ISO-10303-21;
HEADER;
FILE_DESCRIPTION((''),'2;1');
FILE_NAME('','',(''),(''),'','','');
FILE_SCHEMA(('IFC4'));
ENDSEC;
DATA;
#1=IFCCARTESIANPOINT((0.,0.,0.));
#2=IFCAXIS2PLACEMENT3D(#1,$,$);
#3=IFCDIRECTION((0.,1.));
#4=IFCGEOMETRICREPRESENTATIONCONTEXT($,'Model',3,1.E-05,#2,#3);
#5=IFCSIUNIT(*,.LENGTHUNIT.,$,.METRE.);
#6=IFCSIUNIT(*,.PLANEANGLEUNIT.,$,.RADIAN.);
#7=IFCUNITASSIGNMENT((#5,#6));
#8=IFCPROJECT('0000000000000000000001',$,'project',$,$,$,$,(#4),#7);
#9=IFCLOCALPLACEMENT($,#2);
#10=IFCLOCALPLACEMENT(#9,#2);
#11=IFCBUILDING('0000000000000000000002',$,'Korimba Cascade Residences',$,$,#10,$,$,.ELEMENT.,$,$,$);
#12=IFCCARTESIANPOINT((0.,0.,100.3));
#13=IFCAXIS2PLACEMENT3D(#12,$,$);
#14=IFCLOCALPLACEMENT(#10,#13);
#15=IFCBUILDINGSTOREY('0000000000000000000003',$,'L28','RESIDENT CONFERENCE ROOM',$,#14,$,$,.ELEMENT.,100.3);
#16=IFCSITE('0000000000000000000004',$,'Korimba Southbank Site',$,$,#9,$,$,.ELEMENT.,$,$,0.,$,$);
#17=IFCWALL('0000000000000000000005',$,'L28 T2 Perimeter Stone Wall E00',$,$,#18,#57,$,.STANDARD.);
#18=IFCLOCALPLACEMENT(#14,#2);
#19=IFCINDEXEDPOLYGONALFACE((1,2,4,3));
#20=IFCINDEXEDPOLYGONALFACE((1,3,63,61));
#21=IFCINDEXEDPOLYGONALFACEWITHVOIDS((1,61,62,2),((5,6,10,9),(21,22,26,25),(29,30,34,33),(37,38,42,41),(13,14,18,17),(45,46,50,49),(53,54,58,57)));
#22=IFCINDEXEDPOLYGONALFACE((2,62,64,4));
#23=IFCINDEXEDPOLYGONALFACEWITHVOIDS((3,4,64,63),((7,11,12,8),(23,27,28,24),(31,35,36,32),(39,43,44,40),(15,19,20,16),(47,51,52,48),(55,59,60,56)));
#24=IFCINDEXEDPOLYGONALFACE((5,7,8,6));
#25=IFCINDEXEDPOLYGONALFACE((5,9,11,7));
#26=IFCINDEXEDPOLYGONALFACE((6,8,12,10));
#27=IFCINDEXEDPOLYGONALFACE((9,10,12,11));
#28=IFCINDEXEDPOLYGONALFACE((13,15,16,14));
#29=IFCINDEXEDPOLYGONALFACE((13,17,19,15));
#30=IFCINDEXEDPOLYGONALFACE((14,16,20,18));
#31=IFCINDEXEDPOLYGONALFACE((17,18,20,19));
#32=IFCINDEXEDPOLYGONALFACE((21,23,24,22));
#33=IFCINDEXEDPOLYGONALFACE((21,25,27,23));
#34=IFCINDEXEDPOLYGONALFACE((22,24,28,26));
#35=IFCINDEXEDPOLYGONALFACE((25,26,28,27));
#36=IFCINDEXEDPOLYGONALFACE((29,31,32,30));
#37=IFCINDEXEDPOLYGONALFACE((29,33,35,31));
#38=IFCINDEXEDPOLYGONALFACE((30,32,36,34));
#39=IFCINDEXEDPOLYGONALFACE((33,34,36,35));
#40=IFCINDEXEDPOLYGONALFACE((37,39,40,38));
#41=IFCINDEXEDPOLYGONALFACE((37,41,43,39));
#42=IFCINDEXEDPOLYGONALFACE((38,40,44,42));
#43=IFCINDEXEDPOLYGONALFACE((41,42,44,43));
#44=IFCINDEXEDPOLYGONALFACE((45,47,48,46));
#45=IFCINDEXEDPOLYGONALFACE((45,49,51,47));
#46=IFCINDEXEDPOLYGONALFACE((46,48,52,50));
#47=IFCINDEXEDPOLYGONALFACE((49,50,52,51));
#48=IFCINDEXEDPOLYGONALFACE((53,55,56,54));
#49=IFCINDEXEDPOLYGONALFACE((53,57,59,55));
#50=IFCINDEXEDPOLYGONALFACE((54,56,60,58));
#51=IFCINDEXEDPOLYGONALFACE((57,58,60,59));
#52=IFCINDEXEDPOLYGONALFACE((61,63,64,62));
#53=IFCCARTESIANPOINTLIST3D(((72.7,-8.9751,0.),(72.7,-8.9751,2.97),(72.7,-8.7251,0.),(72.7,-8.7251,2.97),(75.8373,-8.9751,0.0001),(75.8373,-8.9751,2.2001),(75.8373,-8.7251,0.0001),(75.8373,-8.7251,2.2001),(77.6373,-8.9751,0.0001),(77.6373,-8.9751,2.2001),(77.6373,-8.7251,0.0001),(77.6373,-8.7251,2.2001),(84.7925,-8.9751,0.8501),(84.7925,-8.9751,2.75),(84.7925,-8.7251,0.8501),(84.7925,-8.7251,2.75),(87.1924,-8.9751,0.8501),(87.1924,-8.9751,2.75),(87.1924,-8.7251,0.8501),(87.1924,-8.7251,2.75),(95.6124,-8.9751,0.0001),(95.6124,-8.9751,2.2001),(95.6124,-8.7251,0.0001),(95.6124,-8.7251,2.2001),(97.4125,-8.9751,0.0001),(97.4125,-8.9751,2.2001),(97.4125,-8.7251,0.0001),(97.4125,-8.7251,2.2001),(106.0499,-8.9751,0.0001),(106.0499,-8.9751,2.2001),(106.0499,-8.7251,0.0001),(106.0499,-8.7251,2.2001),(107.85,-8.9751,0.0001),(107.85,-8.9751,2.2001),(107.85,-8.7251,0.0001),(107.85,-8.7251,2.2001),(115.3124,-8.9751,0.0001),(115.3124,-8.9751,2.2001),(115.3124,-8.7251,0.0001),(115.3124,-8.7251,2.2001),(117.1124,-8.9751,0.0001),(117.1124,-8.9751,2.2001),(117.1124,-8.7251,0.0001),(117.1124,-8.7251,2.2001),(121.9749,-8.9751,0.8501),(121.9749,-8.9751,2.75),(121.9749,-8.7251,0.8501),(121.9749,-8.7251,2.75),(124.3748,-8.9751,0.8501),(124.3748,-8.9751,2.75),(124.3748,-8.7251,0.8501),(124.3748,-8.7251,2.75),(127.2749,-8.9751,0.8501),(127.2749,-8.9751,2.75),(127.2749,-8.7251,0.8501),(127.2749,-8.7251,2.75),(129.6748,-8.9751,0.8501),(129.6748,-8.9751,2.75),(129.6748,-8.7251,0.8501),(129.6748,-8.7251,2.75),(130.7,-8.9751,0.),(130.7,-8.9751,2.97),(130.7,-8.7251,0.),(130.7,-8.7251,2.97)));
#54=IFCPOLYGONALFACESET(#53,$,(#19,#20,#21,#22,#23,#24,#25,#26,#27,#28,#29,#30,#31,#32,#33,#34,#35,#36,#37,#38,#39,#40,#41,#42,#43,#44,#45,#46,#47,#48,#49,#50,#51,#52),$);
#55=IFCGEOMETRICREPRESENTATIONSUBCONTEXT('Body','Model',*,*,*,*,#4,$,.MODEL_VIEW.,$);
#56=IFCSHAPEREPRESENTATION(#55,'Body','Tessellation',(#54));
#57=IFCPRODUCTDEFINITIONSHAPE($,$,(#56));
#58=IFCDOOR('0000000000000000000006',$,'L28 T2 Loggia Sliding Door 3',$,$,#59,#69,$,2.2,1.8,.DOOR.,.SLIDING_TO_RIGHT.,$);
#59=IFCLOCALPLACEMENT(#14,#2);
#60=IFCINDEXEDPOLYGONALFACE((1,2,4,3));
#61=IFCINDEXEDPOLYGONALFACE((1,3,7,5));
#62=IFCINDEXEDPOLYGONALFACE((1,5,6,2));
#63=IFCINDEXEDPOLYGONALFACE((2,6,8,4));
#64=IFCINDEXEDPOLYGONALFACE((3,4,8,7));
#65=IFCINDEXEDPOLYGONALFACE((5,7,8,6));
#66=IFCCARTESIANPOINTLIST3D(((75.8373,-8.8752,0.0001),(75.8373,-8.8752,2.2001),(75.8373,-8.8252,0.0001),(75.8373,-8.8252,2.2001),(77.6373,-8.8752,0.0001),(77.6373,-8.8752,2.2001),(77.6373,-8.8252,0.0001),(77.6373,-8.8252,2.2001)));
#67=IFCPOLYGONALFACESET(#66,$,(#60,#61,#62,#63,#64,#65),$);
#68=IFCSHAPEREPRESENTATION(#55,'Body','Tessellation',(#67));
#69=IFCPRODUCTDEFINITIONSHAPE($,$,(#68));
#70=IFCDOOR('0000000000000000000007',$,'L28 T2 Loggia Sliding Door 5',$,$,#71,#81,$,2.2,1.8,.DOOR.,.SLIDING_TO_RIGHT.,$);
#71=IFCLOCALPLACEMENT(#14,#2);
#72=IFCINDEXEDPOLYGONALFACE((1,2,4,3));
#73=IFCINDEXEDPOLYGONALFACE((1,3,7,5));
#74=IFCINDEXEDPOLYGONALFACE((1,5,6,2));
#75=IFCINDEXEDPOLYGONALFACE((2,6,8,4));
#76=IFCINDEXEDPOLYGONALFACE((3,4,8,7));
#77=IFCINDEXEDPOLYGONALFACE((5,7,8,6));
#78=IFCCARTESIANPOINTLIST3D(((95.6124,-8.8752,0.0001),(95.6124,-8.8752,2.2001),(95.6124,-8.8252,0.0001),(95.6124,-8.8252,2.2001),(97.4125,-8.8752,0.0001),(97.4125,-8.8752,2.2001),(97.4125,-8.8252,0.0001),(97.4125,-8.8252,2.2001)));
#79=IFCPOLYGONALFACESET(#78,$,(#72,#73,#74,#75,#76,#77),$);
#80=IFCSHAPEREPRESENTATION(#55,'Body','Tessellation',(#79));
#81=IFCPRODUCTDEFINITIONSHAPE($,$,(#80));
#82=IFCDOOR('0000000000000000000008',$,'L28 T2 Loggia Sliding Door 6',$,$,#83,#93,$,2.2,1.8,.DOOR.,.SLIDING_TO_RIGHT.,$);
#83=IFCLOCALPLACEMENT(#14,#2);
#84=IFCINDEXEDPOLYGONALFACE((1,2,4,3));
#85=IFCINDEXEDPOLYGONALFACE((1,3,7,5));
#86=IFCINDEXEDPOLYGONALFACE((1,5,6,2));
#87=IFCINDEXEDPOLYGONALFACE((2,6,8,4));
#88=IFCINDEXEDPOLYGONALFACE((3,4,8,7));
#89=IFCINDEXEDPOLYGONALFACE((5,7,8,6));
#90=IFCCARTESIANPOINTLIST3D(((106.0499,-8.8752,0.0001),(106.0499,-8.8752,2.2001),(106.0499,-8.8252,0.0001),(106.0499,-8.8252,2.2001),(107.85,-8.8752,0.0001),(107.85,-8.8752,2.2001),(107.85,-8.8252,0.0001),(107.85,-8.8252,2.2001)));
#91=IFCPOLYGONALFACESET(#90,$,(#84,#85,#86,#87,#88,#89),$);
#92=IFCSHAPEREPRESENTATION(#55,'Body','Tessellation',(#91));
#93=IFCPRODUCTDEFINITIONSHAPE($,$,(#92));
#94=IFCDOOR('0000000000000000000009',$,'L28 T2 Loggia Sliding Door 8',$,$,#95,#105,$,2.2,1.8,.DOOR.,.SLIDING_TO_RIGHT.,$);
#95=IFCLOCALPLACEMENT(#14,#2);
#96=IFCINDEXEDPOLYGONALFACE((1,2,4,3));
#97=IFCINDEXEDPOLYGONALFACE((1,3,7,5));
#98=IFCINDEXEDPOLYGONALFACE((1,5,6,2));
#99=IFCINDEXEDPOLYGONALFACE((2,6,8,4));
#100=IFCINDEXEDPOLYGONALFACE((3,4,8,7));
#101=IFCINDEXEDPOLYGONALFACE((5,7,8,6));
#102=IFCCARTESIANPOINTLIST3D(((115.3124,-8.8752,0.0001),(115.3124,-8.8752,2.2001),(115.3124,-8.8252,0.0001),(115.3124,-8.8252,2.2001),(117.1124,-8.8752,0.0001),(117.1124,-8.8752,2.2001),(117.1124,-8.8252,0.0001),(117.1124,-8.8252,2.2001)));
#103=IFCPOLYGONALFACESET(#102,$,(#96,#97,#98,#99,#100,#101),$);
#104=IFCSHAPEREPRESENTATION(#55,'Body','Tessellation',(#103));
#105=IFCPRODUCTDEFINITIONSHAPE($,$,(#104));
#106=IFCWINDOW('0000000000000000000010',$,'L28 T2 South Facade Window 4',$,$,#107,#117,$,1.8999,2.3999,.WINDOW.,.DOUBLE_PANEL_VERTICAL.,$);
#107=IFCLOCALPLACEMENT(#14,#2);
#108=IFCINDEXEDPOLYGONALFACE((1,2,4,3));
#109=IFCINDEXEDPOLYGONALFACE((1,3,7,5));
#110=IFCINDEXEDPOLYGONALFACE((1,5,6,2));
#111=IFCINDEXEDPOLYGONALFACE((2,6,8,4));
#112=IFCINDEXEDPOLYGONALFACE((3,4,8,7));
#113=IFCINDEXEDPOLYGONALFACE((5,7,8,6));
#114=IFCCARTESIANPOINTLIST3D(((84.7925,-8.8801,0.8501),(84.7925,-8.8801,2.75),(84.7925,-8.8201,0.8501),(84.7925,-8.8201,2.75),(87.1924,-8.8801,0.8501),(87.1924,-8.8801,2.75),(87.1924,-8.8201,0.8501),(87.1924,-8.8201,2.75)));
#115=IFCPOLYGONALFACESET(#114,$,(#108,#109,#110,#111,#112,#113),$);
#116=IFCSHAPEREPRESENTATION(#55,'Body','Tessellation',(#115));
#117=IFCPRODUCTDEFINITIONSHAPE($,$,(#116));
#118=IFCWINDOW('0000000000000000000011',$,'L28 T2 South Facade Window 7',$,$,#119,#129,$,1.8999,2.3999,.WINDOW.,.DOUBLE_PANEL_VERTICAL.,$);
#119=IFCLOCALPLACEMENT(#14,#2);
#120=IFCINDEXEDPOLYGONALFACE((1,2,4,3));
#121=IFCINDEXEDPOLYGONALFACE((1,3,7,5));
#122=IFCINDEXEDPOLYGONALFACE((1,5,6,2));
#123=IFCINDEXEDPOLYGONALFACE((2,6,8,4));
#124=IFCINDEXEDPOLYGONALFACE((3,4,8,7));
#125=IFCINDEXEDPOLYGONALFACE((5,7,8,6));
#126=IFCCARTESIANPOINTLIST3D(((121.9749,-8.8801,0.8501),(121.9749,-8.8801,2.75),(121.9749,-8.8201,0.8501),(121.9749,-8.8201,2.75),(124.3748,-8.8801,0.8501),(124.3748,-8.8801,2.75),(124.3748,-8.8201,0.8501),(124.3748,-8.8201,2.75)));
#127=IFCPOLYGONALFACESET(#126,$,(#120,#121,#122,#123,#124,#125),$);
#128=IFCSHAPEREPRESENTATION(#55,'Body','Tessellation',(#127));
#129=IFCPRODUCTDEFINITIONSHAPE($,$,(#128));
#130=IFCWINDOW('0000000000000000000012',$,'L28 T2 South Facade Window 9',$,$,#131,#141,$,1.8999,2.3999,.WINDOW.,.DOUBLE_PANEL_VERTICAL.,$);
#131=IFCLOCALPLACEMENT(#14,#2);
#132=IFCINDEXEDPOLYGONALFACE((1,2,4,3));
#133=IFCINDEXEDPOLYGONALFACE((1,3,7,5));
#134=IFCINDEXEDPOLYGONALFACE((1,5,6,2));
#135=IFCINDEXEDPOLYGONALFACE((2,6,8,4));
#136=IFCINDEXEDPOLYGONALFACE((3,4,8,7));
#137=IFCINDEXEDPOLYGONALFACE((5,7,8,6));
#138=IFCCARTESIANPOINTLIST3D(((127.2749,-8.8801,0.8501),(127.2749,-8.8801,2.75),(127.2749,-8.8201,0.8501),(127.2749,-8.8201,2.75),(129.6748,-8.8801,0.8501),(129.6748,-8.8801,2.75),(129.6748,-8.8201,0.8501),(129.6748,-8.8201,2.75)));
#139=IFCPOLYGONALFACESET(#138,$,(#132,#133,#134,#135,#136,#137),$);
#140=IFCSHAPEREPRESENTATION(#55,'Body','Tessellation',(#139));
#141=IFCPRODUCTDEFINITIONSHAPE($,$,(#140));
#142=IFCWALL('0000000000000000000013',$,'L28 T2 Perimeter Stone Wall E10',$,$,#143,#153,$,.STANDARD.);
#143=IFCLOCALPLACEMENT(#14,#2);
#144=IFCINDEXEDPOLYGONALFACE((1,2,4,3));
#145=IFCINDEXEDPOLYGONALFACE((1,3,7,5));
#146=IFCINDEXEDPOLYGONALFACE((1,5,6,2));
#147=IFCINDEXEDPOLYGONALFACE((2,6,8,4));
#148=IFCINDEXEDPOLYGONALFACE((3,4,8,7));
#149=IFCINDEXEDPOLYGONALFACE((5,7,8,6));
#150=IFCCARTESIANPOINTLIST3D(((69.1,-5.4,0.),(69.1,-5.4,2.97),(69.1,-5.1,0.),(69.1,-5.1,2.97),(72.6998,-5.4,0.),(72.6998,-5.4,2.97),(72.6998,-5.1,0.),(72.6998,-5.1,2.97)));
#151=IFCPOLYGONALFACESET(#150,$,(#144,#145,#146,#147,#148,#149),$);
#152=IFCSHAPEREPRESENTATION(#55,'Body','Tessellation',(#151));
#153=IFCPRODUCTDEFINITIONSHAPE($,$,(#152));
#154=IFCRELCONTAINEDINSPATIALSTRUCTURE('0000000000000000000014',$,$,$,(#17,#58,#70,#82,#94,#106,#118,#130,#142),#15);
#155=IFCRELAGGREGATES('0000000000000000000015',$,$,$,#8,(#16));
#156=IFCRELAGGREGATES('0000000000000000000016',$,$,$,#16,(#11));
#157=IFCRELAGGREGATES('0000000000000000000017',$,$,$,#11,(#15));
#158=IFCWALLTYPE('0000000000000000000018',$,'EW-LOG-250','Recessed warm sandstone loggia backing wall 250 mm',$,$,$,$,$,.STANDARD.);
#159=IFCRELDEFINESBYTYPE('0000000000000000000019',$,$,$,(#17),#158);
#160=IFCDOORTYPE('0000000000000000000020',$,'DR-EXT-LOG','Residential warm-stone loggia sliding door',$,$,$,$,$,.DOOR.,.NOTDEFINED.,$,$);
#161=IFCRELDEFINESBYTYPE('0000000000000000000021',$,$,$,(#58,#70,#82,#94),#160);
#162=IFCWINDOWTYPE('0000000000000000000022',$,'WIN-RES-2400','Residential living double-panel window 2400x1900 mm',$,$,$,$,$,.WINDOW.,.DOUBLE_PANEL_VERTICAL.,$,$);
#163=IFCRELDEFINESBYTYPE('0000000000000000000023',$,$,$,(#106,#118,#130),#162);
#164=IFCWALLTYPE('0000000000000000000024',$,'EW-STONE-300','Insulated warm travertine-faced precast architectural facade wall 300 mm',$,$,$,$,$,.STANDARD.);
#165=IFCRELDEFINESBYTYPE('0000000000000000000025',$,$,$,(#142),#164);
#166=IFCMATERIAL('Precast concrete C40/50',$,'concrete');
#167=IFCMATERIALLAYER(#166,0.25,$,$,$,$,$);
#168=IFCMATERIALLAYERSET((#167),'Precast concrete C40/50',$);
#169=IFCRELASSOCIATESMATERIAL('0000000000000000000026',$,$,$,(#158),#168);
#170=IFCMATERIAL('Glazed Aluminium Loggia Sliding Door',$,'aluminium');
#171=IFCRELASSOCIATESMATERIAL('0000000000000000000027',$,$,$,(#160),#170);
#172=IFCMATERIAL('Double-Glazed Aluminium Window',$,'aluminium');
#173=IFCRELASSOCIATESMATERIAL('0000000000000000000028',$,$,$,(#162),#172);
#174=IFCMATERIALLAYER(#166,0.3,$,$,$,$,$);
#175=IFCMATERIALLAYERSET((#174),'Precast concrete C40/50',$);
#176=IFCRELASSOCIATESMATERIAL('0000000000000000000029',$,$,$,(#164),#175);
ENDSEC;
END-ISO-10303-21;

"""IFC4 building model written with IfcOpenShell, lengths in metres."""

from ifc_helpers import new_model, si_unit, direction, frame, frame_2d, origin, place, context, subcontext, project, spatial, rectangle, extrude, material, layer, layer_set, type_object, element, fill, save


model = new_model("IFC4")

# Units and contexts
model_context = context("Model", 3, precision=1e-05, world=origin(), true_north=direction((0.0, 1.0)))
body_context = subcontext(model_context, "Body", "Model", "MODEL_VIEW")
ifc_project = project(units=[si_unit("LENGTHUNIT", "METRE"), si_unit("PLANEANGLEUNIT", "RADIAN")], contexts=[model_context])

# Site, building, storey
site_placement = place(None, origin())
site = spatial("IfcSite", under=ifc_project, at=site_placement, Name="Korimba Southbank Site", CompositionType="ELEMENT", RefElevation=0.0)
building_placement = place(site_placement, origin())
building = spatial("IfcBuilding", under=site, at=building_placement, Name="Korimba Cascade Residences", CompositionType="ELEMENT")
storey_placement = place(building_placement, frame((0.0, 0.0, 100.3)))
storey = spatial("IfcBuildingStorey", under=building, at=storey_placement, Name="L28", Description="RESIDENT CONFERENCE ROOM", CompositionType="ELEMENT", Elevation=100.3)

# Wall, openings, doors, windows
ifc_material_1 = material(Name="Precast concrete C40/50", Category="concrete")
ifc_layer_1 = layer(ifc_material_1, 0.25)
ifc_layer_set_1 = layer_set([ifc_layer_1], Name="Precast concrete C40/50")
wall_type_1 = type_object("IfcWallType", Name="EW-LOG-250", Description="Recessed warm sandstone loggia backing wall 250 mm", PredefinedType="STANDARD", material=ifc_layer_set_1)
wall_1_placement = place(storey_placement, frame((72.7, -8.8501, 0.0), z_axis=(0.0, 0.0, 1.0), x_axis=(1.0, 0.0, 0.0)))
wall_1 = element("IfcWall", 1, at=wall_1_placement, inside=storey, type_object=wall_type_1, Name="L28 T2 Perimeter Stone Wall E00", PredefinedType="STANDARD", context=body_context, shape_type="SweptSolid", body=[
    extrude(rectangle(XDim=58.0, YDim=0.25, at=frame_2d((29.0, 0.0))), origin(), (0.0, 0.0, 1.0), 2.97),
])
opening_1_placement = place(wall_1_placement, frame((3.1375, 0.0, 0.0)))
opening_1 = element("IfcOpeningElement", 2, at=opening_1_placement, cuts=wall_1, PredefinedType="OPENING", context=body_context, shape_type="SweptSolid", body=[
    extrude(rectangle(XDim=1.8, YDim=2.2, at=frame_2d((0.8999, 1.1001))), frame((0.0, 0.135, 0.0), z_axis=(0.0, -1.0, 0.0), x_axis=(1.0, 0.0, 0.0)), (0.0, 0.0, 1.0), 0.27),
])
opening_2_placement = place(wall_1_placement, frame((12.0925, 0.0, 0.8501)))
opening_2 = element("IfcOpeningElement", 3, at=opening_2_placement, cuts=wall_1, PredefinedType="OPENING", context=body_context, shape_type="SweptSolid", body=[
    extrude(rectangle(XDim=2.3999, YDim=1.8999, at=frame_2d((1.2, 0.95))), frame((0.0, 0.135, 0.0), z_axis=(0.0, -1.0, 0.0), x_axis=(1.0, 0.0, 0.0)), (0.0, 0.0, 1.0), 0.27),
])
opening_3_placement = place(wall_1_placement, frame((22.9126, 0.0, 0.0)))
opening_3 = element("IfcOpeningElement", 4, at=opening_3_placement, cuts=wall_1, PredefinedType="OPENING", context=body_context, shape_type="SweptSolid", body=[
    extrude(rectangle(XDim=1.8, YDim=2.2, at=frame_2d((0.8999, 1.1001))), frame((0.0, 0.135, 0.0), z_axis=(0.0, -1.0, 0.0), x_axis=(1.0, 0.0, 0.0)), (0.0, 0.0, 1.0), 0.27),
])
opening_4_placement = place(wall_1_placement, frame((33.3501, 0.0, 0.0)))
opening_4 = element("IfcOpeningElement", 5, at=opening_4_placement, cuts=wall_1, PredefinedType="OPENING", context=body_context, shape_type="SweptSolid", body=[
    extrude(rectangle(XDim=1.8, YDim=2.2, at=frame_2d((0.8999, 1.1001))), frame((0.0, 0.135, 0.0), z_axis=(0.0, -1.0, 0.0), x_axis=(1.0, 0.0, 0.0)), (0.0, 0.0, 1.0), 0.27),
])
opening_5_placement = place(wall_1_placement, frame((49.2749, 0.0, 0.8501)))
opening_5 = element("IfcOpeningElement", 6, at=opening_5_placement, cuts=wall_1, PredefinedType="OPENING", context=body_context, shape_type="SweptSolid", body=[
    extrude(rectangle(XDim=2.3999, YDim=1.8999, at=frame_2d((1.2, 0.95))), frame((0.0, 0.135, 0.0), z_axis=(0.0, -1.0, 0.0), x_axis=(1.0, 0.0, 0.0)), (0.0, 0.0, 1.0), 0.27),
])
opening_6_placement = place(wall_1_placement, frame((42.6125, 0.0, 0.0)))
opening_6 = element("IfcOpeningElement", 7, at=opening_6_placement, cuts=wall_1, PredefinedType="OPENING", context=body_context, shape_type="SweptSolid", body=[
    extrude(rectangle(XDim=1.8, YDim=2.2, at=frame_2d((0.8999, 1.1001))), frame((0.0, 0.135, 0.0), z_axis=(0.0, -1.0, 0.0), x_axis=(1.0, 0.0, 0.0)), (0.0, 0.0, 1.0), 0.27),
])
opening_7_placement = place(wall_1_placement, frame((54.575, 0.0, 0.8501)))
opening_7 = element("IfcOpeningElement", 8, at=opening_7_placement, cuts=wall_1, PredefinedType="OPENING", context=body_context, shape_type="SweptSolid", body=[
    extrude(rectangle(XDim=2.3999, YDim=1.8999, at=frame_2d((1.2, 0.95))), frame((0.0, 0.135, 0.0), z_axis=(0.0, -1.0, 0.0), x_axis=(1.0, 0.0, 0.0)), (0.0, 0.0, 1.0), 0.27),
])
ifc_material_2 = material(Name="Glazed Aluminium Loggia Sliding Door", Category="aluminium")
door_type_1 = type_object("IfcDoorType", Name="DR-EXT-LOG", Description="Residential warm-stone loggia sliding door", OperationType="NOTDEFINED", PredefinedType="DOOR", material=ifc_material_2)
door_1_placement = place(opening_1_placement, origin())
door_1 = element("IfcDoor", 9, at=door_1_placement, inside=storey, type_object=door_type_1, Name="L28 T2 Loggia Sliding Door 3", OperationType="SLIDING_TO_RIGHT", OverallHeight=2.2, OverallWidth=1.8, PredefinedType="DOOR", context=body_context, shape_type="SweptSolid", body=[
    extrude(rectangle(XDim=1.8, YDim=2.2, at=frame_2d((0.8999, 1.1001))), frame((0.0, 0.0249, 0.0), z_axis=(0.0, -1.0, 0.0), x_axis=(1.0, 0.0, 0.0)), (0.0, 0.0, 1.0), 0.05),
])
fill(opening_1, door_1)
door_2_placement = place(opening_3_placement, origin())
door_2 = element("IfcDoor", 10, at=door_2_placement, inside=storey, type_object=door_type_1, Name="L28 T2 Loggia Sliding Door 5", OperationType="SLIDING_TO_RIGHT", OverallHeight=2.2, OverallWidth=1.8, PredefinedType="DOOR", context=body_context, shape_type="SweptSolid", body=[
    extrude(rectangle(XDim=1.8, YDim=2.2, at=frame_2d((0.8999, 1.1001))), frame((0.0, 0.0249, 0.0), z_axis=(0.0, -1.0, 0.0), x_axis=(1.0, 0.0, 0.0)), (0.0, 0.0, 1.0), 0.05),
])
fill(opening_3, door_2)
door_3_placement = place(opening_4_placement, origin())
door_3 = element("IfcDoor", 11, at=door_3_placement, inside=storey, type_object=door_type_1, Name="L28 T2 Loggia Sliding Door 6", OperationType="SLIDING_TO_RIGHT", OverallHeight=2.2, OverallWidth=1.8, PredefinedType="DOOR", context=body_context, shape_type="SweptSolid", body=[
    extrude(rectangle(XDim=1.8, YDim=2.2, at=frame_2d((0.8999, 1.1001))), frame((0.0, 0.0249, 0.0), z_axis=(0.0, -1.0, 0.0), x_axis=(1.0, 0.0, 0.0)), (0.0, 0.0, 1.0), 0.05),
])
fill(opening_4, door_3)
door_4_placement = place(opening_6_placement, origin())
door_4 = element("IfcDoor", 12, at=door_4_placement, inside=storey, type_object=door_type_1, Name="L28 T2 Loggia Sliding Door 8", OperationType="SLIDING_TO_RIGHT", OverallHeight=2.2, OverallWidth=1.8, PredefinedType="DOOR", context=body_context, shape_type="SweptSolid", body=[
    extrude(rectangle(XDim=1.8, YDim=2.2, at=frame_2d((0.8999, 1.1001))), frame((0.0, 0.0249, 0.0), z_axis=(0.0, -1.0, 0.0), x_axis=(1.0, 0.0, 0.0)), (0.0, 0.0, 1.0), 0.05),
])
fill(opening_6, door_4)
ifc_material_3 = material(Name="Double-Glazed Aluminium Window", Category="aluminium")
window_type = type_object("IfcWindowType", Name="WIN-RES-2400", Description="Residential living double-panel window 2400x1900 mm", PartitioningType="DOUBLE_PANEL_VERTICAL", PredefinedType="WINDOW", material=ifc_material_3)
window_1_placement = place(opening_2_placement, origin())
window_1 = element("IfcWindow", 13, at=window_1_placement, inside=storey, type_object=window_type, Name="L28 T2 South Facade Window 4", OverallHeight=1.8999, OverallWidth=2.3999, PartitioningType="DOUBLE_PANEL_VERTICAL", PredefinedType="WINDOW", context=body_context, shape_type="SweptSolid", body=[
    extrude(rectangle(XDim=2.3999, YDim=1.8999, at=frame_2d((1.2, 0.95))), frame((0.0, 0.03, 0.0), z_axis=(0.0, -1.0, 0.0), x_axis=(1.0, 0.0, 0.0)), (0.0, 0.0, 1.0), 0.0601),
])
fill(opening_2, window_1)
window_2_placement = place(opening_5_placement, origin())
window_2 = element("IfcWindow", 14, at=window_2_placement, inside=storey, type_object=window_type, Name="L28 T2 South Facade Window 7", OverallHeight=1.8999, OverallWidth=2.3999, PartitioningType="DOUBLE_PANEL_VERTICAL", PredefinedType="WINDOW", context=body_context, shape_type="SweptSolid", body=[
    extrude(rectangle(XDim=2.3999, YDim=1.8999, at=frame_2d((1.2, 0.95))), frame((0.0, 0.03, 0.0), z_axis=(0.0, -1.0, 0.0), x_axis=(1.0, 0.0, 0.0)), (0.0, 0.0, 1.0), 0.0601),
])
fill(opening_5, window_2)
window_3_placement = place(opening_7_placement, origin())
window_3 = element("IfcWindow", 15, at=window_3_placement, inside=storey, type_object=window_type, Name="L28 T2 South Facade Window 9", OverallHeight=1.8999, OverallWidth=2.3999, PartitioningType="DOUBLE_PANEL_VERTICAL", PredefinedType="WINDOW", context=body_context, shape_type="SweptSolid", body=[
    extrude(rectangle(XDim=2.3999, YDim=1.8999, at=frame_2d((1.2, 0.95))), frame((0.0, 0.03, 0.0), z_axis=(0.0, -1.0, 0.0), x_axis=(1.0, 0.0, 0.0)), (0.0, 0.0, 1.0), 0.0601),
])
fill(opening_7, window_3)

# Wall
ifc_layer_2 = layer(ifc_material_1, 0.3)
ifc_layer_set_2 = layer_set([ifc_layer_2], Name="Precast concrete C40/50")
wall_type_2 = type_object("IfcWallType", Name="EW-STONE-300", Description="Insulated warm travertine-faced precast architectural facade wall 300 mm", PredefinedType="STANDARD", material=ifc_layer_set_2)
wall_2_placement = place(storey_placement, frame((69.1001, -5.25, 0.0), z_axis=(0.0, 0.0, 1.0), x_axis=(1.0, 0.0, 0.0)))
element("IfcWall", 16, at=wall_2_placement, inside=storey, type_object=wall_type_2, Name="L28 T2 Perimeter Stone Wall E10", PredefinedType="STANDARD", context=body_context, shape_type="SweptSolid", body=[
    extrude(rectangle(XDim=3.5999, YDim=0.3, at=frame_2d((1.7998, 0.0))), origin(), (0.0, 0.0, 1.0), 2.97),
])

save(model, "model.ifc")
